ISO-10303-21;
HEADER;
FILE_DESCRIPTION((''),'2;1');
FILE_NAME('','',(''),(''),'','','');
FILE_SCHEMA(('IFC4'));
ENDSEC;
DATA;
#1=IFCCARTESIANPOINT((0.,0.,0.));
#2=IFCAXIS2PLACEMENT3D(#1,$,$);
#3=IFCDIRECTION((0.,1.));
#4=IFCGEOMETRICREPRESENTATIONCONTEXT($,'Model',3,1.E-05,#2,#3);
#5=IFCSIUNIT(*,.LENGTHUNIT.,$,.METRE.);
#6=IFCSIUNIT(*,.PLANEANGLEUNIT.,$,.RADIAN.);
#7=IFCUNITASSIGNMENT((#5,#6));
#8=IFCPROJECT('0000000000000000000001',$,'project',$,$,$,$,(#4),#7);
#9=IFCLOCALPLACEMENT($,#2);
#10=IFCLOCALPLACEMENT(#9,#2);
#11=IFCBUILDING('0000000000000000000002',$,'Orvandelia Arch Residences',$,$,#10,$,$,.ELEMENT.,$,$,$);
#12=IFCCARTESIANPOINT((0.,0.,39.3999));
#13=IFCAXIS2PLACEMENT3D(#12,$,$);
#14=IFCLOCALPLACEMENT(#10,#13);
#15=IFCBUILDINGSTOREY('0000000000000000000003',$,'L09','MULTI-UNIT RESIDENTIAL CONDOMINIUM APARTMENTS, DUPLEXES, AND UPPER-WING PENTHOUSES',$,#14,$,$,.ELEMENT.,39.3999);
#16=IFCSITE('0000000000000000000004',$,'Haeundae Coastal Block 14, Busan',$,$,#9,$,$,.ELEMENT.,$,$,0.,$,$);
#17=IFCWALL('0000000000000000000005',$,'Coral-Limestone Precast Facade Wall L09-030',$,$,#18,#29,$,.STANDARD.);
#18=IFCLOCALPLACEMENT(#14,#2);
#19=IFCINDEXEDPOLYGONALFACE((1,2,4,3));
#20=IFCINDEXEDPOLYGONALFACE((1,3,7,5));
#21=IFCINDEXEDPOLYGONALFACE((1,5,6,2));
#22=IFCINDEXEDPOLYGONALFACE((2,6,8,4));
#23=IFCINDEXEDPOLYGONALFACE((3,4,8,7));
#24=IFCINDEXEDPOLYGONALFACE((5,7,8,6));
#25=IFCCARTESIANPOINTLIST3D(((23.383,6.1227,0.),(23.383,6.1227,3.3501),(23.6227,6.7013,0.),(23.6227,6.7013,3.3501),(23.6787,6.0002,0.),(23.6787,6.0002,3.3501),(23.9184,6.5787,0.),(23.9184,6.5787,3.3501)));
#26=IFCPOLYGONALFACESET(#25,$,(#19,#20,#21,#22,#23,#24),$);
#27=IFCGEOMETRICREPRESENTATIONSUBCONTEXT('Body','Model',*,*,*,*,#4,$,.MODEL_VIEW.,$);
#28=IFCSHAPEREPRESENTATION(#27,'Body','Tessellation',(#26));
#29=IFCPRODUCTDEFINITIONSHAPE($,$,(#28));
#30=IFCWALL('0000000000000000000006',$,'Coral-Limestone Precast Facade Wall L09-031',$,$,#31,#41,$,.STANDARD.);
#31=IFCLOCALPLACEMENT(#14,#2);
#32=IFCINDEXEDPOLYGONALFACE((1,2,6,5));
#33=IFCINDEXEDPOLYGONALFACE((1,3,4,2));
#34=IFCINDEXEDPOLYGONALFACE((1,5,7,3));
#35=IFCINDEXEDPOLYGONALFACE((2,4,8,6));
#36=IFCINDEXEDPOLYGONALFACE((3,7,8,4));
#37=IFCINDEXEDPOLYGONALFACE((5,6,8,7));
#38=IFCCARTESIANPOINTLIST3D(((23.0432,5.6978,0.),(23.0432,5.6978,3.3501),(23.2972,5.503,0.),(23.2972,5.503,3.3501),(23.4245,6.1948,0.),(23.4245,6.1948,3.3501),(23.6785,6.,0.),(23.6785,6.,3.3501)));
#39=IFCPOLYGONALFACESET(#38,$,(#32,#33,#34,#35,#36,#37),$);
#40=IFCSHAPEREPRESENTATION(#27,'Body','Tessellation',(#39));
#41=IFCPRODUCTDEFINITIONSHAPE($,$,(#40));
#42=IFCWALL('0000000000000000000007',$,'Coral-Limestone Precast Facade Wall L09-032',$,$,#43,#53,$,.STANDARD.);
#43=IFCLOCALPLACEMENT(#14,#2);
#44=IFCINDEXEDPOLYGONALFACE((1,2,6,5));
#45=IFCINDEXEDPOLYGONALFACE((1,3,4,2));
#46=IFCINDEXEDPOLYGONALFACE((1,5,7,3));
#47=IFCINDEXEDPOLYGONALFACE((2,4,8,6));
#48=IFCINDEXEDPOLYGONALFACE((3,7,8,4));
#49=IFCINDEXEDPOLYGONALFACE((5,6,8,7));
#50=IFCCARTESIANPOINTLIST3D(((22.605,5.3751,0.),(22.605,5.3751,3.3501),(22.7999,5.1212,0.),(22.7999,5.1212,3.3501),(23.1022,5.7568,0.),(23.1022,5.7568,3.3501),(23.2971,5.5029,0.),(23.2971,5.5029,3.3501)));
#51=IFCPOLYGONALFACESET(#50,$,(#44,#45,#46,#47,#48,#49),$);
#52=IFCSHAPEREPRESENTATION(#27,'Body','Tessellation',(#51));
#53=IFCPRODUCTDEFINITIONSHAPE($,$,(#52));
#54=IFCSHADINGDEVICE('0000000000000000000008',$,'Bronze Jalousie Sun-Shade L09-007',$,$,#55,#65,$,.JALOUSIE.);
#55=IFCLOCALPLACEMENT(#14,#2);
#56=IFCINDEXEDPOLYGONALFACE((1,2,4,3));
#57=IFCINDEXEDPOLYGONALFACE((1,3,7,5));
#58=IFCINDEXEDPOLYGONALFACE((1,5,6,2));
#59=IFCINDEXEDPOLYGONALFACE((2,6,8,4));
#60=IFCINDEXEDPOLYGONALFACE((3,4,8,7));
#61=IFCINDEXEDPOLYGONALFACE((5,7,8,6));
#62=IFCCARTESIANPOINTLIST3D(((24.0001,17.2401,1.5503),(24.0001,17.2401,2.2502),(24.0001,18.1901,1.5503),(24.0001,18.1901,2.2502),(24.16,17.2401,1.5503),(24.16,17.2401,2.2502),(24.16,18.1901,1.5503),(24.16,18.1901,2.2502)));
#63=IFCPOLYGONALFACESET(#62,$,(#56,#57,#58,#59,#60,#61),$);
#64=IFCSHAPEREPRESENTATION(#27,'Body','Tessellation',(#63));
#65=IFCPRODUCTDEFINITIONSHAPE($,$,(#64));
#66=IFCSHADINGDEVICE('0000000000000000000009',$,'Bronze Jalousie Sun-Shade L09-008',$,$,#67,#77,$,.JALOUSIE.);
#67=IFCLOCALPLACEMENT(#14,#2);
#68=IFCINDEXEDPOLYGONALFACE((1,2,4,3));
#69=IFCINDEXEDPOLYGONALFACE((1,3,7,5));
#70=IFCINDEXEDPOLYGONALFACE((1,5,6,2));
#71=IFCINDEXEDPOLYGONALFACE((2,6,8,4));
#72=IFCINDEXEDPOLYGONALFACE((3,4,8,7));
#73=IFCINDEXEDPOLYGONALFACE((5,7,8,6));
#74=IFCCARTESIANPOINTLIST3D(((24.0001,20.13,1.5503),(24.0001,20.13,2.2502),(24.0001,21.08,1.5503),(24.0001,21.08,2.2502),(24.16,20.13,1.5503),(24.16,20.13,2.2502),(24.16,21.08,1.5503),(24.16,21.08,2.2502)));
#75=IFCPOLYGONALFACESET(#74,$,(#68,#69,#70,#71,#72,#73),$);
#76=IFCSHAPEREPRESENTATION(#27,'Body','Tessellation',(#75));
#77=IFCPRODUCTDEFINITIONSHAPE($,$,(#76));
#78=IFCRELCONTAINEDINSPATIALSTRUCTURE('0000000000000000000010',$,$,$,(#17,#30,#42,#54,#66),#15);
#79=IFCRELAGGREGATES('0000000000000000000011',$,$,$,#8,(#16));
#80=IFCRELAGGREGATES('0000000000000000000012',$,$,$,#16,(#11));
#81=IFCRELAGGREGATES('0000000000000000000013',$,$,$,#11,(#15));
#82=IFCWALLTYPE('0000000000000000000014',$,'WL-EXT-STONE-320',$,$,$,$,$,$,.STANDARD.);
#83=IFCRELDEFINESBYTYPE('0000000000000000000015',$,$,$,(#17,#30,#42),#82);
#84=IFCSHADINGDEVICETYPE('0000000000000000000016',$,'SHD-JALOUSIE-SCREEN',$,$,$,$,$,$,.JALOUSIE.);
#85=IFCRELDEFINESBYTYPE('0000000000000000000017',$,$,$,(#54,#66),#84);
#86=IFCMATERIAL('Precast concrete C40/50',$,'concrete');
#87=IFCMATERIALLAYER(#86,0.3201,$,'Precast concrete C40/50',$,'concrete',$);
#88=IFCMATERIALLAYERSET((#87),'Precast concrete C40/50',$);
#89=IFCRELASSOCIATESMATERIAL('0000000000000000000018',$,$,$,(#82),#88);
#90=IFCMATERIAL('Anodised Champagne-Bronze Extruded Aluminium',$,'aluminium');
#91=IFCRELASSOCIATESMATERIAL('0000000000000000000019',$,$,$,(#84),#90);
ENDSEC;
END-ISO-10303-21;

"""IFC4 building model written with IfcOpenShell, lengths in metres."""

from ifc_helpers import new_model, si_unit, direction, frame, frame_2d, origin, origin_2d, place, context, subcontext, project, spatial, rectangle, extrude, material, layer, layer_set, type_object, element, save


model = new_model("IFC4")

# Units and contexts
model_context = context("Model", 3, precision=1e-05, world=origin(), true_north=direction((0.0, 1.0)))
body_context = subcontext(model_context, "Body", "Model", "MODEL_VIEW")
ifc_project = project(units=[si_unit("LENGTHUNIT", "METRE"), si_unit("PLANEANGLEUNIT", "RADIAN")], contexts=[model_context])

# Site, building, storey
site_placement = place(None, origin())
site = spatial("IfcSite", under=ifc_project, at=site_placement, Name="Haeundae Coastal Block 14, Busan", CompositionType="ELEMENT", RefElevation=0.0)
building_placement = place(site_placement, origin())
building = spatial("IfcBuilding", under=site, at=building_placement, Name="Orvandelia Arch Residences", CompositionType="ELEMENT")
storey_placement = place(building_placement, frame((0.0, 0.0, 39.3999)))
storey = spatial("IfcBuildingStorey", under=building, at=storey_placement, Name="L09", Description="MULTI-UNIT RESIDENTIAL CONDOMINIUM APARTMENTS, DUPLEXES, AND UPPER-WING PENTHOUSES", CompositionType="ELEMENT", Elevation=39.3999)

# Shared definitions
ifc_material_1 = material(Name="Precast concrete C40/50", Category="concrete")
ifc_layer = layer(ifc_material_1, 0.3201, Name="Precast concrete C40/50", Category="concrete")
ifc_layer_set = layer_set([ifc_layer], Name="Precast concrete C40/50")
wall_type = type_object("IfcWallType", Name="WL-EXT-STONE-320", PredefinedType="STANDARD", material=ifc_layer_set)

# Walls
wall_1_placement = place(storey_placement, frame((23.7705, 6.6399, 0.0), z_axis=(0.0, 0.0, 1.0), x_axis=(-0.382788, -0.923836, 0.0)))
element("IfcWall", 1, at=wall_1_placement, inside=storey, type_object=wall_type, Name="Coral-Limestone Precast Facade Wall L09-030", PredefinedType="STANDARD", context=body_context, shape_type="SweptSolid", body=[
    extrude(rectangle(XDim=0.6262, YDim=0.3201, at=frame_2d((0.313, 0.0))), origin(), (0.0, 0.0, 1.0), 3.3501),
])
wall_2_placement = place(storey_placement, frame((23.5515, 6.0974, 0.0), z_axis=(0.0, 0.0, 1.0), x_axis=(-0.608693, -0.793406, 0.0)))
element("IfcWall", 2, at=wall_2_placement, inside=storey, type_object=wall_type, Name="Coral-Limestone Precast Facade Wall L09-031", PredefinedType="STANDARD", context=body_context, shape_type="SweptSolid", body=[
    extrude(rectangle(XDim=0.6265, YDim=0.3201, at=frame_2d((0.3132, 0.0))), origin(), (0.0, 0.0, 1.0), 3.3501),
])
wall_3_placement = place(storey_placement, frame((23.1997, 5.6299, 0.0), z_axis=(0.0, 0.0, 1.0), x_axis=(-0.793217, -0.608939, 0.0)))
element("IfcWall", 3, at=wall_3_placement, inside=storey, type_object=wall_type, Name="Coral-Limestone Precast Facade Wall L09-032", PredefinedType="STANDARD", context=body_context, shape_type="SweptSolid", body=[
    extrude(rectangle(XDim=0.6267, YDim=0.3201, at=frame_2d((0.3135, 0.0))), origin(), (0.0, 0.0, 1.0), 3.3501),
])

# Shading devices
ifc_material_2 = material(Name="Anodised Champagne-Bronze Extruded Aluminium", Category="aluminium")
shading_device_type = type_object("IfcShadingDeviceType", Name="SHD-JALOUSIE-SCREEN", PredefinedType="JALOUSIE", material=ifc_material_2)
for number, where, z_axis, x_axis, name in (
    (4, (24.0801, 17.7151, 1.5503), (0.0, 0.0, 1.0), (0.0, -1.0, 0.0), "Bronze Jalousie Sun-Shade L09-007"),
    (5, (24.0801, 20.605, 1.5503), (0.0, 0.0, 1.0), (0.0, -1.0, 0.0), "Bronze Jalousie Sun-Shade L09-008"),
):
    element("IfcShadingDevice", number, at=place(storey_placement, frame(where, z_axis=z_axis, x_axis=x_axis)), inside=storey, type_object=shading_device_type, Name=name, PredefinedType="JALOUSIE", context=body_context, shape_type="SweptSolid", body=[
        extrude(rectangle(XDim=0.95, YDim=0.1599, at=origin_2d()), origin(), (0.0, 0.0, 1.0), 0.7),
    ])

save(model, "model.ifc")
